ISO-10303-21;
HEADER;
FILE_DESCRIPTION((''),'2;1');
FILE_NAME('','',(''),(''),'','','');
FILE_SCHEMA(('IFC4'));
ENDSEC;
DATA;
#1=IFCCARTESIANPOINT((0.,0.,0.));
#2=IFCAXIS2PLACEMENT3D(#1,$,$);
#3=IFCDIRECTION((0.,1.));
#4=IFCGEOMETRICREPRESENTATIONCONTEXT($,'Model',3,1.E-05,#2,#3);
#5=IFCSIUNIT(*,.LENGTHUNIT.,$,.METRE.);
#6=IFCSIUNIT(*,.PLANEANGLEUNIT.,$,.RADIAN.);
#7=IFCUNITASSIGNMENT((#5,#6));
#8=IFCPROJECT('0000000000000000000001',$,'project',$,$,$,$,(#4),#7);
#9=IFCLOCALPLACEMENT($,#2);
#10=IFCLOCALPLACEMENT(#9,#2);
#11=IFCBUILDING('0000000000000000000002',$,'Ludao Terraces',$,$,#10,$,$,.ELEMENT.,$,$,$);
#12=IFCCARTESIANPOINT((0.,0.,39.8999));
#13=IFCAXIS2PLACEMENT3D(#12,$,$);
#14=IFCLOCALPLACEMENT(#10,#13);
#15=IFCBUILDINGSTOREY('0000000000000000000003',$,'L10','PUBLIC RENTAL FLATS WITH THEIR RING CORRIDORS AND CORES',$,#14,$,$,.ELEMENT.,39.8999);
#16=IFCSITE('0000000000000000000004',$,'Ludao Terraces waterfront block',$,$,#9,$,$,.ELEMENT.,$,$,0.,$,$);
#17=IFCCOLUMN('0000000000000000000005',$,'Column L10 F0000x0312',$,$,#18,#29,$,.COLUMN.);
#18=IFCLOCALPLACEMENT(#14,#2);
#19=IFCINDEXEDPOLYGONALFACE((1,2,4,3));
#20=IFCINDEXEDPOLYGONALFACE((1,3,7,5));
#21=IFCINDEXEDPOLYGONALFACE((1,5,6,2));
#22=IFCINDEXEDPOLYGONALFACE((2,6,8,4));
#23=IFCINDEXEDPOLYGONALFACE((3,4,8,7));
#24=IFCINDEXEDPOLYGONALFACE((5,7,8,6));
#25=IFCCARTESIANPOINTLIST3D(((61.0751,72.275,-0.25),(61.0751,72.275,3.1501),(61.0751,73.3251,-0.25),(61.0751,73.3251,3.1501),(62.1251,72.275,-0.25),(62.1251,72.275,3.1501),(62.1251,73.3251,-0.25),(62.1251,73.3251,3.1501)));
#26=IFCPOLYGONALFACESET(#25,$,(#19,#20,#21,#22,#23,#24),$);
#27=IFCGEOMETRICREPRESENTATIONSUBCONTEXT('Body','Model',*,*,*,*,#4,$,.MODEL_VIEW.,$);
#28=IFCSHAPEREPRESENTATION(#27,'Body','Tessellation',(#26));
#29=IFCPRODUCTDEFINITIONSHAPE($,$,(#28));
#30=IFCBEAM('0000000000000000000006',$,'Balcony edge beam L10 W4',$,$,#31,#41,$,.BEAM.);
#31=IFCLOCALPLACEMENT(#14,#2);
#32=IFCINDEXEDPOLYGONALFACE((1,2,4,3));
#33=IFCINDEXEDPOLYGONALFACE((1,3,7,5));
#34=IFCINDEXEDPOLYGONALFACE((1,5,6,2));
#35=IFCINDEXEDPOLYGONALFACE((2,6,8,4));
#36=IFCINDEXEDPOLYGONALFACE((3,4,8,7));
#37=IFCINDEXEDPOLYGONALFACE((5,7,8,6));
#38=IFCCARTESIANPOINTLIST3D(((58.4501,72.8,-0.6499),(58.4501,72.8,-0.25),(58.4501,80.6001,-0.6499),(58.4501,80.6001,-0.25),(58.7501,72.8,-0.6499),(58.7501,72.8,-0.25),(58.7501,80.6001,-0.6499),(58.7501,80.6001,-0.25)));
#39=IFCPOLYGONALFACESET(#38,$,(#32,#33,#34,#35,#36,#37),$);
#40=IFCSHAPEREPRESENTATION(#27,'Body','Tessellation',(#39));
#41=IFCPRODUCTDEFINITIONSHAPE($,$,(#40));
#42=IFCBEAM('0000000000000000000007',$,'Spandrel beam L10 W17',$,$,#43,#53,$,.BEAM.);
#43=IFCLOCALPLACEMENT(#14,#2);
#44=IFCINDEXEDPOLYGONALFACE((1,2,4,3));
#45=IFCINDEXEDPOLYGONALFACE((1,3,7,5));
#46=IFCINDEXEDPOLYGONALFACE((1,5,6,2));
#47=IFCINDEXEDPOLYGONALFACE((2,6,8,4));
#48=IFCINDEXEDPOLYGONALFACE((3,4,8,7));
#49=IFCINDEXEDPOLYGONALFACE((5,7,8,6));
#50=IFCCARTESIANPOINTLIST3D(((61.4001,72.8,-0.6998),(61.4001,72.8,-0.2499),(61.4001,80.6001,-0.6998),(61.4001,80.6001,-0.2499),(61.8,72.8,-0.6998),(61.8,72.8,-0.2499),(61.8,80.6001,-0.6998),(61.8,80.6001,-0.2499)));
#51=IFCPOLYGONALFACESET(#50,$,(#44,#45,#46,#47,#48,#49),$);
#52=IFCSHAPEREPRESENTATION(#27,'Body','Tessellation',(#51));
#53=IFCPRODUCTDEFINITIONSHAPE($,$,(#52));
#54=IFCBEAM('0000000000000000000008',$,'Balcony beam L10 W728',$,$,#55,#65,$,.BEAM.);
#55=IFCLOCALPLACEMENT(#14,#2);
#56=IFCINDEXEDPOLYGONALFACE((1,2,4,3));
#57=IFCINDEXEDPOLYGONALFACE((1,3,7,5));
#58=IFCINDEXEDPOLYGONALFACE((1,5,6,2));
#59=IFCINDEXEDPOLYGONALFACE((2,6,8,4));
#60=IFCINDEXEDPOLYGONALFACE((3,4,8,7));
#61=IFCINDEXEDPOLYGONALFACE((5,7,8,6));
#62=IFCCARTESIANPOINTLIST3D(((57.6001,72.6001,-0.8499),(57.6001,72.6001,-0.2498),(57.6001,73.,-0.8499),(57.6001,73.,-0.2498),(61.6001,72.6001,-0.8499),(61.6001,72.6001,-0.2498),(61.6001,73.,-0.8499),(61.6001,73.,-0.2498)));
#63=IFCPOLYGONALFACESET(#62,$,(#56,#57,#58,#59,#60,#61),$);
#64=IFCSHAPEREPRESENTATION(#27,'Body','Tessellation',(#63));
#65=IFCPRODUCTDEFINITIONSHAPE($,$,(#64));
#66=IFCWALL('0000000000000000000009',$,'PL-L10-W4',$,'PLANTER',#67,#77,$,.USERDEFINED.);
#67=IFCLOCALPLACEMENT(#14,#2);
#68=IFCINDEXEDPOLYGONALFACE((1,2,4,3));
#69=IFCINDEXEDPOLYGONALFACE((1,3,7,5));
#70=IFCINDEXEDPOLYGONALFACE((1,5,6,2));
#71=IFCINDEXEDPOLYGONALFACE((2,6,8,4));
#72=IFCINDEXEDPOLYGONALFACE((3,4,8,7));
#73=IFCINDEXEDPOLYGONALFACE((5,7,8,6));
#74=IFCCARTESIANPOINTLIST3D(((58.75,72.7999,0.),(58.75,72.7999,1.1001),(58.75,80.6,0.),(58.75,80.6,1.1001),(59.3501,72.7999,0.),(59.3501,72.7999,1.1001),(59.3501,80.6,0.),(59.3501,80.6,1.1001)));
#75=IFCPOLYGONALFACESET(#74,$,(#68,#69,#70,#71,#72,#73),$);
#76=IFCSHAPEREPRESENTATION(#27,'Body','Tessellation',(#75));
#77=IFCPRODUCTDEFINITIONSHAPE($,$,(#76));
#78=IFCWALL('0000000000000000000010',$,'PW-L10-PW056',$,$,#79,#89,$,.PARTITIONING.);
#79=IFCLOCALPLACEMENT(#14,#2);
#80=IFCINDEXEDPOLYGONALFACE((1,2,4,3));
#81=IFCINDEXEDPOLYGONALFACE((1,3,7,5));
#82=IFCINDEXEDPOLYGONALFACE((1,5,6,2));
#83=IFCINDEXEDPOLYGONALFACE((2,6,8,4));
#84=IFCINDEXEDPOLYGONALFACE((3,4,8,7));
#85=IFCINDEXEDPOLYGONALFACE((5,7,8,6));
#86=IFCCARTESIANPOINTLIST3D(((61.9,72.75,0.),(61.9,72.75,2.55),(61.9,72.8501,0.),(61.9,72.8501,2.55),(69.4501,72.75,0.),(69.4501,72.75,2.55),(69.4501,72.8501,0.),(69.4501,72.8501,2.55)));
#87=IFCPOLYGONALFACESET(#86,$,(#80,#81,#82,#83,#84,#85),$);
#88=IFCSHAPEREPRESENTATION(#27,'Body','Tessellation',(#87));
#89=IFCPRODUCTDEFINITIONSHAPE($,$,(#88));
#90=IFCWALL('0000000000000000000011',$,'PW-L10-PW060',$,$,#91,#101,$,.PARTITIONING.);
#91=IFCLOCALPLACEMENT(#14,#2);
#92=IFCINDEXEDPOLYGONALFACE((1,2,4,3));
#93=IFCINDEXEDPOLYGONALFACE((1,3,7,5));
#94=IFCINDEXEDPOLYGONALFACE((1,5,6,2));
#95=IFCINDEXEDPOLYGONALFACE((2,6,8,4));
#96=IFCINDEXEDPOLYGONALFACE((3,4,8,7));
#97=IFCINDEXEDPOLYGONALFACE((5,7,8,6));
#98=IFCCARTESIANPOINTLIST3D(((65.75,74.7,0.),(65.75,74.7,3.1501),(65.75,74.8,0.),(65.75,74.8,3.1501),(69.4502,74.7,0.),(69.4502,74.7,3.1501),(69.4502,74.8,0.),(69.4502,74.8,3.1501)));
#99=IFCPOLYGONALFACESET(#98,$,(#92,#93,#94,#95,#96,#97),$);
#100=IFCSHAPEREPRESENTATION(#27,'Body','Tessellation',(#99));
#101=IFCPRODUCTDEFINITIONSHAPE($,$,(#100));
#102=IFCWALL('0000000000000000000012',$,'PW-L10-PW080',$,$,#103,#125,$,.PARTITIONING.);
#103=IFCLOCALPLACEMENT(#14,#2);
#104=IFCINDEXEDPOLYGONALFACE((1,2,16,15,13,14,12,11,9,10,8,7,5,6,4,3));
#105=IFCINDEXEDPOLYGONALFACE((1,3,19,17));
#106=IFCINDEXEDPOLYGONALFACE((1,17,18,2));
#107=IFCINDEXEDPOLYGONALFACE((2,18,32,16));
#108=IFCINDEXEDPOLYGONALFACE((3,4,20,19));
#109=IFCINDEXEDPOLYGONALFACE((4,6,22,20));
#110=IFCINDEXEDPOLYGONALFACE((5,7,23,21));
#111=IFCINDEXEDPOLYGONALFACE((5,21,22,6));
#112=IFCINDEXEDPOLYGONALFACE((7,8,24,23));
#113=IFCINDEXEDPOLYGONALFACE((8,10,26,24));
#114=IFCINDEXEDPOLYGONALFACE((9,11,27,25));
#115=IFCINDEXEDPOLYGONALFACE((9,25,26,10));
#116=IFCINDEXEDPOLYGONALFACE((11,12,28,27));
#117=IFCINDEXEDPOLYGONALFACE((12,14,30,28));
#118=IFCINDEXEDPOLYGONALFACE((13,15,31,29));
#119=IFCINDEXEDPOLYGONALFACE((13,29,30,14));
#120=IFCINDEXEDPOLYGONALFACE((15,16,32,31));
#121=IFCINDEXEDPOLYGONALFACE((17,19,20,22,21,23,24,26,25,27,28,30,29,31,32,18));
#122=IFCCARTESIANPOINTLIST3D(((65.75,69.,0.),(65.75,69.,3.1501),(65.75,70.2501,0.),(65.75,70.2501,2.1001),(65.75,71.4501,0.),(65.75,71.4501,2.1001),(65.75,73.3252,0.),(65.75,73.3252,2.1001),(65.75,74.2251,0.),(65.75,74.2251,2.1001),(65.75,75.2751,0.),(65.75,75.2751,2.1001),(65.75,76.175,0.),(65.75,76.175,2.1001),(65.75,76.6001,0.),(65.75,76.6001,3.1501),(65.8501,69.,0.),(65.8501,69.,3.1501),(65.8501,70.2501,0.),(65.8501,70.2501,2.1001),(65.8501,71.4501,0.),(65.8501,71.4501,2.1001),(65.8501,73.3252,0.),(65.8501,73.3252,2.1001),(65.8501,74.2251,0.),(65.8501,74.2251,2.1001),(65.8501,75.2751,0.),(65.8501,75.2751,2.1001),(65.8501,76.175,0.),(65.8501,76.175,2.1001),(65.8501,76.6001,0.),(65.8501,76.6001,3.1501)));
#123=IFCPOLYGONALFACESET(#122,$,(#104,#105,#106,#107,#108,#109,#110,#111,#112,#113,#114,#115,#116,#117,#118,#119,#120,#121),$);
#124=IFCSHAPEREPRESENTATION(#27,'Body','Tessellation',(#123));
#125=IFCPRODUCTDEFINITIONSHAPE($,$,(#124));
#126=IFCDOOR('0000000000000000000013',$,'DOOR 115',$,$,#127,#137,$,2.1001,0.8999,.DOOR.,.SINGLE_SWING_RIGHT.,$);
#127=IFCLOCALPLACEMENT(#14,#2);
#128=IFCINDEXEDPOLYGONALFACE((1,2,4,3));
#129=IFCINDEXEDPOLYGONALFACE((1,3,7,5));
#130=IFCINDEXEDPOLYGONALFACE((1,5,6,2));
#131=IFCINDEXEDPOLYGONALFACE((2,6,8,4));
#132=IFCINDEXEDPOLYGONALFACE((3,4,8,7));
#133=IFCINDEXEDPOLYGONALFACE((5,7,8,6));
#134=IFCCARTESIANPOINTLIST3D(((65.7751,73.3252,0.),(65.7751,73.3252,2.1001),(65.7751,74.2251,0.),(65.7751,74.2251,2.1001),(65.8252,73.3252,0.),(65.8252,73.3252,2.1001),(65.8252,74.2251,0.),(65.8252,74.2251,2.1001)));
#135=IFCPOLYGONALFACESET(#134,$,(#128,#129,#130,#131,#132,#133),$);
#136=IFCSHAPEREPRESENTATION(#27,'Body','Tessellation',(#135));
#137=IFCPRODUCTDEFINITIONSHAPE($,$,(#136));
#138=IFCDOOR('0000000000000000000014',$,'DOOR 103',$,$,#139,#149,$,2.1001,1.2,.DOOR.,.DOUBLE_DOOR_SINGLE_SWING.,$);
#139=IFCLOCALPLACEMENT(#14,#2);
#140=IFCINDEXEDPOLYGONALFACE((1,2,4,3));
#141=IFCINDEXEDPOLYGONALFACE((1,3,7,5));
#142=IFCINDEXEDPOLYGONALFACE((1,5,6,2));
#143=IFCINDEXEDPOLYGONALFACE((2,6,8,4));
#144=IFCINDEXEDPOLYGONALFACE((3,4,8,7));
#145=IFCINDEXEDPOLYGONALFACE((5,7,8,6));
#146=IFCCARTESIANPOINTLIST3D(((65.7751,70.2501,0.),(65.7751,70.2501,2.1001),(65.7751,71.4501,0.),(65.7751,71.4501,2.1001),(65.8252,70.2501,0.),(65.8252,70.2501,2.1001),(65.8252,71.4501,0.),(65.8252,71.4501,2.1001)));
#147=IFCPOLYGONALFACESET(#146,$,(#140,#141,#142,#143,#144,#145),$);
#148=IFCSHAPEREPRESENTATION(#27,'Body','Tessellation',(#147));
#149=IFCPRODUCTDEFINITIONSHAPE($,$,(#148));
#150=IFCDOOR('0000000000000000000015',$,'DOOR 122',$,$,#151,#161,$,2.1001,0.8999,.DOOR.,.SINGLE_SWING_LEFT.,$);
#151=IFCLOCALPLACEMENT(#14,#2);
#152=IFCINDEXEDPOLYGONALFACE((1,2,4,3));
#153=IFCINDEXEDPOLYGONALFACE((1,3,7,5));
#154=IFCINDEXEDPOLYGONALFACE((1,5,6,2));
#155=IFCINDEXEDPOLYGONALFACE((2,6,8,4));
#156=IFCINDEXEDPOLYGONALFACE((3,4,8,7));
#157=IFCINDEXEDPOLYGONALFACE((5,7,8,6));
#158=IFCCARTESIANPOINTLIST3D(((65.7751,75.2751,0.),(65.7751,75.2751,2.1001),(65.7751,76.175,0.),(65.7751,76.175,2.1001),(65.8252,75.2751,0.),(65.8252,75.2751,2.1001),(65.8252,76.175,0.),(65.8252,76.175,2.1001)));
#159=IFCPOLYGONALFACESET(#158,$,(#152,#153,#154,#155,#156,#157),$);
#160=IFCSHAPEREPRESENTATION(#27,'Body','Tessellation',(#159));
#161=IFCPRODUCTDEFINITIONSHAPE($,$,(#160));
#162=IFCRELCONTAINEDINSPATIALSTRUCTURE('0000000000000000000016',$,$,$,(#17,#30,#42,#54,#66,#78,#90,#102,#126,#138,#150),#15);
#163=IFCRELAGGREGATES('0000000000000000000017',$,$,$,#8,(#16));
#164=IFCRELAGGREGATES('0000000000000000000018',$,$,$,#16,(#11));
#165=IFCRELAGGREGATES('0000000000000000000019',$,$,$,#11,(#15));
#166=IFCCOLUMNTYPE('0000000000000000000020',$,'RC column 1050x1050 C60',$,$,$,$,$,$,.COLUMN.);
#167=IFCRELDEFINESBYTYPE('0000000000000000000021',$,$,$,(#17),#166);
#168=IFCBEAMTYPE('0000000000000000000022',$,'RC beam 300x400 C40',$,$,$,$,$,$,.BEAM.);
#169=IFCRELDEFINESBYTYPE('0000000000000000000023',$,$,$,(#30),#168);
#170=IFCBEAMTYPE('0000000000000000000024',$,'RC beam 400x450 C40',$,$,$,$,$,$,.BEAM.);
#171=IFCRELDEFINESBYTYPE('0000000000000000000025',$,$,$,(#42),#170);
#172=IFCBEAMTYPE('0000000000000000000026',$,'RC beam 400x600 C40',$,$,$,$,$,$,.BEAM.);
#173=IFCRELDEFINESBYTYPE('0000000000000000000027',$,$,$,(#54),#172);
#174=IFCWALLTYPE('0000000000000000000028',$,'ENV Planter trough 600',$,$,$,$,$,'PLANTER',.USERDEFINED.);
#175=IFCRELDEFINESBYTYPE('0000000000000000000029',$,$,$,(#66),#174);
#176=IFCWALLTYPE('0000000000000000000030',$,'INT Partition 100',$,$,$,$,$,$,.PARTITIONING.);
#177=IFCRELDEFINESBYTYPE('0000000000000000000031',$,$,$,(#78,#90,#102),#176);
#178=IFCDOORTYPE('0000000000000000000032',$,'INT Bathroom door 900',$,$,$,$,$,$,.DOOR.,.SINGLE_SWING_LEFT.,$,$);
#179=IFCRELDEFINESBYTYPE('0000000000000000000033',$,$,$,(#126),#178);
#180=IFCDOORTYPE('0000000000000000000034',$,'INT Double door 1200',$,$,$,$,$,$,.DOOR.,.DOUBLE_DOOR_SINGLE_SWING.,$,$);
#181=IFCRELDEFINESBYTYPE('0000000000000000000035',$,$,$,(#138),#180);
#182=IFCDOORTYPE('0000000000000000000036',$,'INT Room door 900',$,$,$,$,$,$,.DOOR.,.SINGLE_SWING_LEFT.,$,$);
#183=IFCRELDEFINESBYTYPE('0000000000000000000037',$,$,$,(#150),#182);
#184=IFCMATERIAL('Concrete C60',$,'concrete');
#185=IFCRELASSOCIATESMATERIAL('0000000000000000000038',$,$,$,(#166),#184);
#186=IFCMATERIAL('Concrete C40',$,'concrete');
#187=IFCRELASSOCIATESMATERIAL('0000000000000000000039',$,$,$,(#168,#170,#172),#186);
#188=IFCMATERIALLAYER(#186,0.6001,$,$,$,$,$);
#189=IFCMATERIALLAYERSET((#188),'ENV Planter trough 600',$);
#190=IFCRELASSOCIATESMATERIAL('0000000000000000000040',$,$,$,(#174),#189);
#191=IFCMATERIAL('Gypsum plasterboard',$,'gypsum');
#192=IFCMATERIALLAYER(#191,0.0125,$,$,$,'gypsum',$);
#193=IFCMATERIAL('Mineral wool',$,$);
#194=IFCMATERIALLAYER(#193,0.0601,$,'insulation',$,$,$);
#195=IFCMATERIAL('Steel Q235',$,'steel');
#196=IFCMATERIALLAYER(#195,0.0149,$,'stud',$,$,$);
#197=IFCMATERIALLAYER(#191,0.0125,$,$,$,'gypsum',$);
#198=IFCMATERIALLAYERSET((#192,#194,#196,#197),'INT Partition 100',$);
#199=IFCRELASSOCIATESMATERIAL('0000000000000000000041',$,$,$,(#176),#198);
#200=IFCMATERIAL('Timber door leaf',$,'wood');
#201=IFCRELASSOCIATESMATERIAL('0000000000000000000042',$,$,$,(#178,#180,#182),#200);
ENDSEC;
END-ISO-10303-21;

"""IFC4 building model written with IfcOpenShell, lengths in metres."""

from ifc_helpers import new_model, si_unit, direction, frame, frame_2d, origin, origin_2d, place, context, subcontext, project, spatial, rectangle, extrude, material, layer, layer_set, material_profile, profile_set, type_object, element, fill, save


model = new_model("IFC4")

# Units and contexts
model_context = context("Model", 3, precision=1e-05, world=origin(), true_north=direction((0.0, 1.0)))
body_context = subcontext(model_context, "Body", "Model", "MODEL_VIEW")
ifc_project = project(units=[si_unit("LENGTHUNIT", "METRE"), si_unit("PLANEANGLEUNIT", "RADIAN")], contexts=[model_context])

# Site, building, storey
site_placement = place(None, origin())
site = spatial("IfcSite", under=ifc_project, at=site_placement, Name="Ludao Terraces waterfront block", CompositionType="ELEMENT", RefElevation=0.0)
building_placement = place(site_placement, origin())
building = spatial("IfcBuilding", under=site, at=building_placement, Name="Ludao Terraces", CompositionType="ELEMENT")
storey_placement = place(building_placement, frame((0.0, 0.0, 39.8999)))
storey = spatial("IfcBuildingStorey", under=building, at=storey_placement, Name="L10", Description="PUBLIC RENTAL FLATS WITH THEIR RING CORRIDORS AND CORES", CompositionType="ELEMENT", Elevation=39.8999)

# Column
ifc_material_1 = material(Name="Concrete C60", Category="concrete")
ifc_material_profile_1 = material_profile(ifc_material_1, rectangle(XDim=1.05, YDim=1.05, at=origin_2d()), Name="1050 X 1050")
ifc_profile_set_1 = profile_set([ifc_material_profile_1], Name="Concrete C60")
column_type = type_object("IfcColumnType", Name="RC column 1050x1050 C60", PredefinedType="COLUMN", material=ifc_profile_set_1)
column_placement = place(storey_placement, frame((61.6001, 72.8, -0.25), z_axis=(0.0, 0.0, 1.0), x_axis=(1.0, 0.0, 0.0)))
element("IfcColumn", 1, at=column_placement, inside=storey, type_object=column_type, Name="Column L10 F0000x0312", PredefinedType="COLUMN", context=body_context, shape_type="SweptSolid", body=[
    extrude(rectangle(XDim=1.05, YDim=1.05, at=origin_2d()), origin(), (0.0, 0.0, 1.0), 3.4001),
])

# Beams
ifc_material_2 = material(Name="Concrete C40", Category="concrete")
ifc_material_profile_2 = material_profile(ifc_material_2, rectangle(XDim=0.3, YDim=0.3999, at=origin_2d()), Name="300 X 400")
ifc_profile_set_2 = profile_set([ifc_material_profile_2], Name="Concrete C40")
beam_type_1 = type_object("IfcBeamType", Name="RC beam 300x400 C40", PredefinedType="BEAM", material=ifc_profile_set_2)
beam_1_placement = place(storey_placement, frame((58.6001, 72.8, -0.45), z_axis=(0.0, 1.0, 0.0), x_axis=(-1.0, 0.0, 0.0)))
element("IfcBeam", 2, at=beam_1_placement, inside=storey, type_object=beam_type_1, Name="Balcony edge beam L10 W4", PredefinedType="BEAM", context=body_context, shape_type="SweptSolid", body=[
    extrude(rectangle(XDim=0.3, YDim=0.3999, at=origin_2d()), origin(), (0.0, 0.0, 1.0), 7.8),
])
ifc_material_profile_3 = material_profile(ifc_material_2, rectangle(XDim=0.3999, YDim=0.45, at=origin_2d()), Name="400 X 450")
ifc_profile_set_3 = profile_set([ifc_material_profile_3], Name="Concrete C40")
beam_type_2 = type_object("IfcBeamType", Name="RC beam 400x450 C40", PredefinedType="BEAM", material=ifc_profile_set_3)
beam_2_placement = place(storey_placement, frame((61.6001, 72.8, -0.4749), z_axis=(0.0, 1.0, 0.0), x_axis=(-1.0, 0.0, 0.0)))
element("IfcBeam", 3, at=beam_2_placement, inside=storey, type_object=beam_type_2, Name="Spandrel beam L10 W17", PredefinedType="BEAM", context=body_context, shape_type="SweptSolid", body=[
    extrude(rectangle(XDim=0.3999, YDim=0.45, at=origin_2d()), origin(), (0.0, 0.0, 1.0), 7.8),
])
ifc_material_profile_4 = material_profile(ifc_material_2, rectangle(XDim=0.3999, YDim=0.6001, at=origin_2d()), Name="400 X 600")
ifc_profile_set_4 = profile_set([ifc_material_profile_4], Name="Concrete C40")
beam_type_3 = type_object("IfcBeamType", Name="RC beam 400x600 C40", PredefinedType="BEAM", material=ifc_profile_set_4)
beam_3_placement = place(storey_placement, frame((61.6001, 72.8, -0.5498), z_axis=(-1.0, 0.0, 0.0), x_axis=(0.0, -1.0, 0.0)))
element("IfcBeam", 4, at=beam_3_placement, inside=storey, type_object=beam_type_3, Name="Balcony beam L10 W728", PredefinedType="BEAM", context=body_context, shape_type="SweptSolid", body=[
    extrude(rectangle(XDim=0.3999, YDim=0.6001, at=origin_2d()), origin(), (0.0, 0.0, 1.0), 4.0),
])

# Wall
ifc_layer_1 = layer(ifc_material_2, 0.6001)
ifc_layer_set_1 = layer_set([ifc_layer_1], Name="ENV Planter trough 600")
wall_type_1 = type_object("IfcWallType", Name="ENV Planter trough 600", ElementType="PLANTER", PredefinedType="USERDEFINED", material=ifc_layer_set_1)
wall_1_placement = place(storey_placement, frame((59.05, 72.8, 0.0), z_axis=(0.0, 0.0, 1.0), x_axis=(0.0, 1.0, 0.0)))
element("IfcWall", 5, at=wall_1_placement, inside=storey, type_object=wall_type_1, Name="PL-L10-W4", ObjectType="PLANTER", PredefinedType="USERDEFINED", context=body_context, shape_type="SweptSolid", body=[
    extrude(rectangle(XDim=7.8, YDim=0.6001, at=frame_2d((3.8999, 0.0))), origin(), (0.0, 0.0, 1.0), 1.1001),
])

# Shared definitions
ifc_material_3 = material(Name="Mineral wool")

# Walls
ifc_material_4 = material(Name="Gypsum plasterboard", Category="gypsum")
ifc_layer_2 = layer(ifc_material_4, 0.0125, Category="gypsum")
ifc_layer_3 = layer(ifc_material_3, 0.0601, Name="insulation")
ifc_material_5 = material(Name="Steel Q235", Category="steel")
ifc_layer_4 = layer(ifc_material_5, 0.0149, Name="stud")
ifc_layer_5 = layer(ifc_material_4, 0.0125, Category="gypsum")
ifc_layer_set_2 = layer_set([ifc_layer_2, ifc_layer_3, ifc_layer_4, ifc_layer_5], Name="INT Partition 100")
wall_type_2 = type_object("IfcWallType", Name="INT Partition 100", PredefinedType="PARTITIONING", material=ifc_layer_set_2)
wall_2_placement = place(storey_placement, frame((61.9001, 72.8, 0.0), z_axis=(0.0, 0.0, 1.0), x_axis=(1.0, 0.0, 0.0)))
element("IfcWall", 6, at=wall_2_placement, inside=storey, type_object=wall_type_2, Name="PW-L10-PW056", PredefinedType="PARTITIONING", context=body_context, shape_type="SweptSolid", body=[
    extrude(rectangle(XDim=7.55, YDim=0.1001, at=frame_2d((3.7749, 0.0))), origin(), (0.0, 0.0, 1.0), 2.55),
])
wall_3_placement = place(storey_placement, frame((65.75, 74.75, 0.0), z_axis=(0.0, 0.0, 1.0), x_axis=(1.0, 0.0, 0.0)))
element("IfcWall", 7, at=wall_3_placement, inside=storey, type_object=wall_type_2, Name="PW-L10-PW060", PredefinedType="PARTITIONING", context=body_context, shape_type="SweptSolid", body=[
    extrude(rectangle(XDim=3.7002, YDim=0.1001, at=frame_2d((1.8501, 0.0))), origin(), (0.0, 0.0, 1.0), 3.1501),
])

# Wall, openings, doors
wall_4_placement = place(storey_placement, frame((65.8, 69.0, 0.0), z_axis=(0.0, 0.0, 1.0), x_axis=(0.0, 1.0, 0.0)))
wall_4 = element("IfcWall", 8, at=wall_4_placement, inside=storey, type_object=wall_type_2, Name="PW-L10-PW080", PredefinedType="PARTITIONING", context=body_context, shape_type="SweptSolid", body=[
    extrude(rectangle(XDim=7.6001, YDim=0.1001, at=frame_2d((3.8, 0.0))), origin(), (0.0, 0.0, 1.0), 3.1501),
])
opening_1_placement = place(wall_4_placement, frame((1.25, 0.0, 0.0)))
opening_1 = element("IfcOpeningElement", 9, at=opening_1_placement, cuts=wall_4, PredefinedType="OPENING", context=body_context, shape_type="SweptSolid", body=[
    extrude(rectangle(XDim=1.2, YDim=2.1001, at=frame_2d((0.6001, 1.05))), frame((0.0, 0.0601, 0.0), z_axis=(0.0, -1.0, 0.0), x_axis=(1.0, 0.0, 0.0)), (0.0, 0.0, 1.0), 0.1201),
])
opening_2_placement = place(wall_4_placement, frame((4.3252, 0.0, 0.0)))
opening_2 = element("IfcOpeningElement", 10, at=opening_2_placement, cuts=wall_4, PredefinedType="OPENING", context=body_context, shape_type="SweptSolid", body=[
    extrude(rectangle(XDim=0.8999, YDim=2.1001, at=frame_2d((0.45, 1.05))), frame((0.0, 0.0601, 0.0), z_axis=(0.0, -1.0, 0.0), x_axis=(1.0, 0.0, 0.0)), (0.0, 0.0, 1.0), 0.1201),
])
opening_3_placement = place(wall_4_placement, frame((6.2751, 0.0, 0.0)))
opening_3 = element("IfcOpeningElement", 11, at=opening_3_placement, cuts=wall_4, PredefinedType="OPENING", context=body_context, shape_type="SweptSolid", body=[
    extrude(rectangle(XDim=0.8999, YDim=2.1001, at=frame_2d((0.45, 1.05))), frame((0.0, 0.0601, 0.0), z_axis=(0.0, -1.0, 0.0), x_axis=(1.0, 0.0, 0.0)), (0.0, 0.0, 1.0), 0.1201),
])
ifc_material_6 = material(Name="Timber door leaf", Category="wood")
door_type_1 = type_object("IfcDoorType", Name="INT Bathroom door 900", OperationType="SINGLE_SWING_LEFT", PredefinedType="DOOR", material=ifc_material_6)
door_1_placement = place(opening_2_placement, origin())
door_1 = element("IfcDoor", 12, at=door_1_placement, inside=storey, type_object=door_type_1, Name="DOOR 115", OperationType="SINGLE_SWING_RIGHT", OverallHeight=2.1001, OverallWidth=0.8999, PredefinedType="DOOR", context=body_context, shape_type="SweptSolid", body=[
    extrude(rectangle(XDim=0.8999, YDim=2.1001, at=frame_2d((0.45, 1.05))), frame((0.0, 0.0249, 0.0), z_axis=(0.0, -1.0, 0.0), x_axis=(1.0, 0.0, 0.0)), (0.0, 0.0, 1.0), 0.05),
])
fill(opening_2, door_1)
door_type_2 = type_object("IfcDoorType", Name="INT Double door 1200", OperationType="DOUBLE_DOOR_SINGLE_SWING", PredefinedType="DOOR", material=ifc_material_6)
door_2_placement = place(opening_1_placement, origin())
door_2 = element("IfcDoor", 13, at=door_2_placement, inside=storey, type_object=door_type_2, Name="DOOR 103", OperationType="DOUBLE_DOOR_SINGLE_SWING", OverallHeight=2.1001, OverallWidth=1.2, PredefinedType="DOOR", context=body_context, shape_type="SweptSolid", body=[
    extrude(rectangle(XDim=1.2, YDim=2.1001, at=frame_2d((0.6001, 1.05))), frame((0.0, 0.0249, 0.0), z_axis=(0.0, -1.0, 0.0), x_axis=(1.0, 0.0, 0.0)), (0.0, 0.0, 1.0), 0.05),
])
fill(opening_1, door_2)
door_type_3 = type_object("IfcDoorType", Name="INT Room door 900", OperationType="SINGLE_SWING_LEFT", PredefinedType="DOOR", material=ifc_material_6)
door_3_placement = place(opening_3_placement, origin())
door_3 = element("IfcDoor", 14, at=door_3_placement, inside=storey, type_object=door_type_3, Name="DOOR 122", OperationType="SINGLE_SWING_LEFT", OverallHeight=2.1001, OverallWidth=0.8999, PredefinedType="DOOR", context=body_context, shape_type="SweptSolid", body=[
    extrude(rectangle(XDim=0.8999, YDim=2.1001, at=frame_2d((0.45, 1.05))), frame((0.0, 0.0249, 0.0), z_axis=(0.0, -1.0, 0.0), x_axis=(1.0, 0.0, 0.0)), (0.0, 0.0, 1.0), 0.05),
])
fill(opening_3, door_3)

save(model, "model.ifc")
